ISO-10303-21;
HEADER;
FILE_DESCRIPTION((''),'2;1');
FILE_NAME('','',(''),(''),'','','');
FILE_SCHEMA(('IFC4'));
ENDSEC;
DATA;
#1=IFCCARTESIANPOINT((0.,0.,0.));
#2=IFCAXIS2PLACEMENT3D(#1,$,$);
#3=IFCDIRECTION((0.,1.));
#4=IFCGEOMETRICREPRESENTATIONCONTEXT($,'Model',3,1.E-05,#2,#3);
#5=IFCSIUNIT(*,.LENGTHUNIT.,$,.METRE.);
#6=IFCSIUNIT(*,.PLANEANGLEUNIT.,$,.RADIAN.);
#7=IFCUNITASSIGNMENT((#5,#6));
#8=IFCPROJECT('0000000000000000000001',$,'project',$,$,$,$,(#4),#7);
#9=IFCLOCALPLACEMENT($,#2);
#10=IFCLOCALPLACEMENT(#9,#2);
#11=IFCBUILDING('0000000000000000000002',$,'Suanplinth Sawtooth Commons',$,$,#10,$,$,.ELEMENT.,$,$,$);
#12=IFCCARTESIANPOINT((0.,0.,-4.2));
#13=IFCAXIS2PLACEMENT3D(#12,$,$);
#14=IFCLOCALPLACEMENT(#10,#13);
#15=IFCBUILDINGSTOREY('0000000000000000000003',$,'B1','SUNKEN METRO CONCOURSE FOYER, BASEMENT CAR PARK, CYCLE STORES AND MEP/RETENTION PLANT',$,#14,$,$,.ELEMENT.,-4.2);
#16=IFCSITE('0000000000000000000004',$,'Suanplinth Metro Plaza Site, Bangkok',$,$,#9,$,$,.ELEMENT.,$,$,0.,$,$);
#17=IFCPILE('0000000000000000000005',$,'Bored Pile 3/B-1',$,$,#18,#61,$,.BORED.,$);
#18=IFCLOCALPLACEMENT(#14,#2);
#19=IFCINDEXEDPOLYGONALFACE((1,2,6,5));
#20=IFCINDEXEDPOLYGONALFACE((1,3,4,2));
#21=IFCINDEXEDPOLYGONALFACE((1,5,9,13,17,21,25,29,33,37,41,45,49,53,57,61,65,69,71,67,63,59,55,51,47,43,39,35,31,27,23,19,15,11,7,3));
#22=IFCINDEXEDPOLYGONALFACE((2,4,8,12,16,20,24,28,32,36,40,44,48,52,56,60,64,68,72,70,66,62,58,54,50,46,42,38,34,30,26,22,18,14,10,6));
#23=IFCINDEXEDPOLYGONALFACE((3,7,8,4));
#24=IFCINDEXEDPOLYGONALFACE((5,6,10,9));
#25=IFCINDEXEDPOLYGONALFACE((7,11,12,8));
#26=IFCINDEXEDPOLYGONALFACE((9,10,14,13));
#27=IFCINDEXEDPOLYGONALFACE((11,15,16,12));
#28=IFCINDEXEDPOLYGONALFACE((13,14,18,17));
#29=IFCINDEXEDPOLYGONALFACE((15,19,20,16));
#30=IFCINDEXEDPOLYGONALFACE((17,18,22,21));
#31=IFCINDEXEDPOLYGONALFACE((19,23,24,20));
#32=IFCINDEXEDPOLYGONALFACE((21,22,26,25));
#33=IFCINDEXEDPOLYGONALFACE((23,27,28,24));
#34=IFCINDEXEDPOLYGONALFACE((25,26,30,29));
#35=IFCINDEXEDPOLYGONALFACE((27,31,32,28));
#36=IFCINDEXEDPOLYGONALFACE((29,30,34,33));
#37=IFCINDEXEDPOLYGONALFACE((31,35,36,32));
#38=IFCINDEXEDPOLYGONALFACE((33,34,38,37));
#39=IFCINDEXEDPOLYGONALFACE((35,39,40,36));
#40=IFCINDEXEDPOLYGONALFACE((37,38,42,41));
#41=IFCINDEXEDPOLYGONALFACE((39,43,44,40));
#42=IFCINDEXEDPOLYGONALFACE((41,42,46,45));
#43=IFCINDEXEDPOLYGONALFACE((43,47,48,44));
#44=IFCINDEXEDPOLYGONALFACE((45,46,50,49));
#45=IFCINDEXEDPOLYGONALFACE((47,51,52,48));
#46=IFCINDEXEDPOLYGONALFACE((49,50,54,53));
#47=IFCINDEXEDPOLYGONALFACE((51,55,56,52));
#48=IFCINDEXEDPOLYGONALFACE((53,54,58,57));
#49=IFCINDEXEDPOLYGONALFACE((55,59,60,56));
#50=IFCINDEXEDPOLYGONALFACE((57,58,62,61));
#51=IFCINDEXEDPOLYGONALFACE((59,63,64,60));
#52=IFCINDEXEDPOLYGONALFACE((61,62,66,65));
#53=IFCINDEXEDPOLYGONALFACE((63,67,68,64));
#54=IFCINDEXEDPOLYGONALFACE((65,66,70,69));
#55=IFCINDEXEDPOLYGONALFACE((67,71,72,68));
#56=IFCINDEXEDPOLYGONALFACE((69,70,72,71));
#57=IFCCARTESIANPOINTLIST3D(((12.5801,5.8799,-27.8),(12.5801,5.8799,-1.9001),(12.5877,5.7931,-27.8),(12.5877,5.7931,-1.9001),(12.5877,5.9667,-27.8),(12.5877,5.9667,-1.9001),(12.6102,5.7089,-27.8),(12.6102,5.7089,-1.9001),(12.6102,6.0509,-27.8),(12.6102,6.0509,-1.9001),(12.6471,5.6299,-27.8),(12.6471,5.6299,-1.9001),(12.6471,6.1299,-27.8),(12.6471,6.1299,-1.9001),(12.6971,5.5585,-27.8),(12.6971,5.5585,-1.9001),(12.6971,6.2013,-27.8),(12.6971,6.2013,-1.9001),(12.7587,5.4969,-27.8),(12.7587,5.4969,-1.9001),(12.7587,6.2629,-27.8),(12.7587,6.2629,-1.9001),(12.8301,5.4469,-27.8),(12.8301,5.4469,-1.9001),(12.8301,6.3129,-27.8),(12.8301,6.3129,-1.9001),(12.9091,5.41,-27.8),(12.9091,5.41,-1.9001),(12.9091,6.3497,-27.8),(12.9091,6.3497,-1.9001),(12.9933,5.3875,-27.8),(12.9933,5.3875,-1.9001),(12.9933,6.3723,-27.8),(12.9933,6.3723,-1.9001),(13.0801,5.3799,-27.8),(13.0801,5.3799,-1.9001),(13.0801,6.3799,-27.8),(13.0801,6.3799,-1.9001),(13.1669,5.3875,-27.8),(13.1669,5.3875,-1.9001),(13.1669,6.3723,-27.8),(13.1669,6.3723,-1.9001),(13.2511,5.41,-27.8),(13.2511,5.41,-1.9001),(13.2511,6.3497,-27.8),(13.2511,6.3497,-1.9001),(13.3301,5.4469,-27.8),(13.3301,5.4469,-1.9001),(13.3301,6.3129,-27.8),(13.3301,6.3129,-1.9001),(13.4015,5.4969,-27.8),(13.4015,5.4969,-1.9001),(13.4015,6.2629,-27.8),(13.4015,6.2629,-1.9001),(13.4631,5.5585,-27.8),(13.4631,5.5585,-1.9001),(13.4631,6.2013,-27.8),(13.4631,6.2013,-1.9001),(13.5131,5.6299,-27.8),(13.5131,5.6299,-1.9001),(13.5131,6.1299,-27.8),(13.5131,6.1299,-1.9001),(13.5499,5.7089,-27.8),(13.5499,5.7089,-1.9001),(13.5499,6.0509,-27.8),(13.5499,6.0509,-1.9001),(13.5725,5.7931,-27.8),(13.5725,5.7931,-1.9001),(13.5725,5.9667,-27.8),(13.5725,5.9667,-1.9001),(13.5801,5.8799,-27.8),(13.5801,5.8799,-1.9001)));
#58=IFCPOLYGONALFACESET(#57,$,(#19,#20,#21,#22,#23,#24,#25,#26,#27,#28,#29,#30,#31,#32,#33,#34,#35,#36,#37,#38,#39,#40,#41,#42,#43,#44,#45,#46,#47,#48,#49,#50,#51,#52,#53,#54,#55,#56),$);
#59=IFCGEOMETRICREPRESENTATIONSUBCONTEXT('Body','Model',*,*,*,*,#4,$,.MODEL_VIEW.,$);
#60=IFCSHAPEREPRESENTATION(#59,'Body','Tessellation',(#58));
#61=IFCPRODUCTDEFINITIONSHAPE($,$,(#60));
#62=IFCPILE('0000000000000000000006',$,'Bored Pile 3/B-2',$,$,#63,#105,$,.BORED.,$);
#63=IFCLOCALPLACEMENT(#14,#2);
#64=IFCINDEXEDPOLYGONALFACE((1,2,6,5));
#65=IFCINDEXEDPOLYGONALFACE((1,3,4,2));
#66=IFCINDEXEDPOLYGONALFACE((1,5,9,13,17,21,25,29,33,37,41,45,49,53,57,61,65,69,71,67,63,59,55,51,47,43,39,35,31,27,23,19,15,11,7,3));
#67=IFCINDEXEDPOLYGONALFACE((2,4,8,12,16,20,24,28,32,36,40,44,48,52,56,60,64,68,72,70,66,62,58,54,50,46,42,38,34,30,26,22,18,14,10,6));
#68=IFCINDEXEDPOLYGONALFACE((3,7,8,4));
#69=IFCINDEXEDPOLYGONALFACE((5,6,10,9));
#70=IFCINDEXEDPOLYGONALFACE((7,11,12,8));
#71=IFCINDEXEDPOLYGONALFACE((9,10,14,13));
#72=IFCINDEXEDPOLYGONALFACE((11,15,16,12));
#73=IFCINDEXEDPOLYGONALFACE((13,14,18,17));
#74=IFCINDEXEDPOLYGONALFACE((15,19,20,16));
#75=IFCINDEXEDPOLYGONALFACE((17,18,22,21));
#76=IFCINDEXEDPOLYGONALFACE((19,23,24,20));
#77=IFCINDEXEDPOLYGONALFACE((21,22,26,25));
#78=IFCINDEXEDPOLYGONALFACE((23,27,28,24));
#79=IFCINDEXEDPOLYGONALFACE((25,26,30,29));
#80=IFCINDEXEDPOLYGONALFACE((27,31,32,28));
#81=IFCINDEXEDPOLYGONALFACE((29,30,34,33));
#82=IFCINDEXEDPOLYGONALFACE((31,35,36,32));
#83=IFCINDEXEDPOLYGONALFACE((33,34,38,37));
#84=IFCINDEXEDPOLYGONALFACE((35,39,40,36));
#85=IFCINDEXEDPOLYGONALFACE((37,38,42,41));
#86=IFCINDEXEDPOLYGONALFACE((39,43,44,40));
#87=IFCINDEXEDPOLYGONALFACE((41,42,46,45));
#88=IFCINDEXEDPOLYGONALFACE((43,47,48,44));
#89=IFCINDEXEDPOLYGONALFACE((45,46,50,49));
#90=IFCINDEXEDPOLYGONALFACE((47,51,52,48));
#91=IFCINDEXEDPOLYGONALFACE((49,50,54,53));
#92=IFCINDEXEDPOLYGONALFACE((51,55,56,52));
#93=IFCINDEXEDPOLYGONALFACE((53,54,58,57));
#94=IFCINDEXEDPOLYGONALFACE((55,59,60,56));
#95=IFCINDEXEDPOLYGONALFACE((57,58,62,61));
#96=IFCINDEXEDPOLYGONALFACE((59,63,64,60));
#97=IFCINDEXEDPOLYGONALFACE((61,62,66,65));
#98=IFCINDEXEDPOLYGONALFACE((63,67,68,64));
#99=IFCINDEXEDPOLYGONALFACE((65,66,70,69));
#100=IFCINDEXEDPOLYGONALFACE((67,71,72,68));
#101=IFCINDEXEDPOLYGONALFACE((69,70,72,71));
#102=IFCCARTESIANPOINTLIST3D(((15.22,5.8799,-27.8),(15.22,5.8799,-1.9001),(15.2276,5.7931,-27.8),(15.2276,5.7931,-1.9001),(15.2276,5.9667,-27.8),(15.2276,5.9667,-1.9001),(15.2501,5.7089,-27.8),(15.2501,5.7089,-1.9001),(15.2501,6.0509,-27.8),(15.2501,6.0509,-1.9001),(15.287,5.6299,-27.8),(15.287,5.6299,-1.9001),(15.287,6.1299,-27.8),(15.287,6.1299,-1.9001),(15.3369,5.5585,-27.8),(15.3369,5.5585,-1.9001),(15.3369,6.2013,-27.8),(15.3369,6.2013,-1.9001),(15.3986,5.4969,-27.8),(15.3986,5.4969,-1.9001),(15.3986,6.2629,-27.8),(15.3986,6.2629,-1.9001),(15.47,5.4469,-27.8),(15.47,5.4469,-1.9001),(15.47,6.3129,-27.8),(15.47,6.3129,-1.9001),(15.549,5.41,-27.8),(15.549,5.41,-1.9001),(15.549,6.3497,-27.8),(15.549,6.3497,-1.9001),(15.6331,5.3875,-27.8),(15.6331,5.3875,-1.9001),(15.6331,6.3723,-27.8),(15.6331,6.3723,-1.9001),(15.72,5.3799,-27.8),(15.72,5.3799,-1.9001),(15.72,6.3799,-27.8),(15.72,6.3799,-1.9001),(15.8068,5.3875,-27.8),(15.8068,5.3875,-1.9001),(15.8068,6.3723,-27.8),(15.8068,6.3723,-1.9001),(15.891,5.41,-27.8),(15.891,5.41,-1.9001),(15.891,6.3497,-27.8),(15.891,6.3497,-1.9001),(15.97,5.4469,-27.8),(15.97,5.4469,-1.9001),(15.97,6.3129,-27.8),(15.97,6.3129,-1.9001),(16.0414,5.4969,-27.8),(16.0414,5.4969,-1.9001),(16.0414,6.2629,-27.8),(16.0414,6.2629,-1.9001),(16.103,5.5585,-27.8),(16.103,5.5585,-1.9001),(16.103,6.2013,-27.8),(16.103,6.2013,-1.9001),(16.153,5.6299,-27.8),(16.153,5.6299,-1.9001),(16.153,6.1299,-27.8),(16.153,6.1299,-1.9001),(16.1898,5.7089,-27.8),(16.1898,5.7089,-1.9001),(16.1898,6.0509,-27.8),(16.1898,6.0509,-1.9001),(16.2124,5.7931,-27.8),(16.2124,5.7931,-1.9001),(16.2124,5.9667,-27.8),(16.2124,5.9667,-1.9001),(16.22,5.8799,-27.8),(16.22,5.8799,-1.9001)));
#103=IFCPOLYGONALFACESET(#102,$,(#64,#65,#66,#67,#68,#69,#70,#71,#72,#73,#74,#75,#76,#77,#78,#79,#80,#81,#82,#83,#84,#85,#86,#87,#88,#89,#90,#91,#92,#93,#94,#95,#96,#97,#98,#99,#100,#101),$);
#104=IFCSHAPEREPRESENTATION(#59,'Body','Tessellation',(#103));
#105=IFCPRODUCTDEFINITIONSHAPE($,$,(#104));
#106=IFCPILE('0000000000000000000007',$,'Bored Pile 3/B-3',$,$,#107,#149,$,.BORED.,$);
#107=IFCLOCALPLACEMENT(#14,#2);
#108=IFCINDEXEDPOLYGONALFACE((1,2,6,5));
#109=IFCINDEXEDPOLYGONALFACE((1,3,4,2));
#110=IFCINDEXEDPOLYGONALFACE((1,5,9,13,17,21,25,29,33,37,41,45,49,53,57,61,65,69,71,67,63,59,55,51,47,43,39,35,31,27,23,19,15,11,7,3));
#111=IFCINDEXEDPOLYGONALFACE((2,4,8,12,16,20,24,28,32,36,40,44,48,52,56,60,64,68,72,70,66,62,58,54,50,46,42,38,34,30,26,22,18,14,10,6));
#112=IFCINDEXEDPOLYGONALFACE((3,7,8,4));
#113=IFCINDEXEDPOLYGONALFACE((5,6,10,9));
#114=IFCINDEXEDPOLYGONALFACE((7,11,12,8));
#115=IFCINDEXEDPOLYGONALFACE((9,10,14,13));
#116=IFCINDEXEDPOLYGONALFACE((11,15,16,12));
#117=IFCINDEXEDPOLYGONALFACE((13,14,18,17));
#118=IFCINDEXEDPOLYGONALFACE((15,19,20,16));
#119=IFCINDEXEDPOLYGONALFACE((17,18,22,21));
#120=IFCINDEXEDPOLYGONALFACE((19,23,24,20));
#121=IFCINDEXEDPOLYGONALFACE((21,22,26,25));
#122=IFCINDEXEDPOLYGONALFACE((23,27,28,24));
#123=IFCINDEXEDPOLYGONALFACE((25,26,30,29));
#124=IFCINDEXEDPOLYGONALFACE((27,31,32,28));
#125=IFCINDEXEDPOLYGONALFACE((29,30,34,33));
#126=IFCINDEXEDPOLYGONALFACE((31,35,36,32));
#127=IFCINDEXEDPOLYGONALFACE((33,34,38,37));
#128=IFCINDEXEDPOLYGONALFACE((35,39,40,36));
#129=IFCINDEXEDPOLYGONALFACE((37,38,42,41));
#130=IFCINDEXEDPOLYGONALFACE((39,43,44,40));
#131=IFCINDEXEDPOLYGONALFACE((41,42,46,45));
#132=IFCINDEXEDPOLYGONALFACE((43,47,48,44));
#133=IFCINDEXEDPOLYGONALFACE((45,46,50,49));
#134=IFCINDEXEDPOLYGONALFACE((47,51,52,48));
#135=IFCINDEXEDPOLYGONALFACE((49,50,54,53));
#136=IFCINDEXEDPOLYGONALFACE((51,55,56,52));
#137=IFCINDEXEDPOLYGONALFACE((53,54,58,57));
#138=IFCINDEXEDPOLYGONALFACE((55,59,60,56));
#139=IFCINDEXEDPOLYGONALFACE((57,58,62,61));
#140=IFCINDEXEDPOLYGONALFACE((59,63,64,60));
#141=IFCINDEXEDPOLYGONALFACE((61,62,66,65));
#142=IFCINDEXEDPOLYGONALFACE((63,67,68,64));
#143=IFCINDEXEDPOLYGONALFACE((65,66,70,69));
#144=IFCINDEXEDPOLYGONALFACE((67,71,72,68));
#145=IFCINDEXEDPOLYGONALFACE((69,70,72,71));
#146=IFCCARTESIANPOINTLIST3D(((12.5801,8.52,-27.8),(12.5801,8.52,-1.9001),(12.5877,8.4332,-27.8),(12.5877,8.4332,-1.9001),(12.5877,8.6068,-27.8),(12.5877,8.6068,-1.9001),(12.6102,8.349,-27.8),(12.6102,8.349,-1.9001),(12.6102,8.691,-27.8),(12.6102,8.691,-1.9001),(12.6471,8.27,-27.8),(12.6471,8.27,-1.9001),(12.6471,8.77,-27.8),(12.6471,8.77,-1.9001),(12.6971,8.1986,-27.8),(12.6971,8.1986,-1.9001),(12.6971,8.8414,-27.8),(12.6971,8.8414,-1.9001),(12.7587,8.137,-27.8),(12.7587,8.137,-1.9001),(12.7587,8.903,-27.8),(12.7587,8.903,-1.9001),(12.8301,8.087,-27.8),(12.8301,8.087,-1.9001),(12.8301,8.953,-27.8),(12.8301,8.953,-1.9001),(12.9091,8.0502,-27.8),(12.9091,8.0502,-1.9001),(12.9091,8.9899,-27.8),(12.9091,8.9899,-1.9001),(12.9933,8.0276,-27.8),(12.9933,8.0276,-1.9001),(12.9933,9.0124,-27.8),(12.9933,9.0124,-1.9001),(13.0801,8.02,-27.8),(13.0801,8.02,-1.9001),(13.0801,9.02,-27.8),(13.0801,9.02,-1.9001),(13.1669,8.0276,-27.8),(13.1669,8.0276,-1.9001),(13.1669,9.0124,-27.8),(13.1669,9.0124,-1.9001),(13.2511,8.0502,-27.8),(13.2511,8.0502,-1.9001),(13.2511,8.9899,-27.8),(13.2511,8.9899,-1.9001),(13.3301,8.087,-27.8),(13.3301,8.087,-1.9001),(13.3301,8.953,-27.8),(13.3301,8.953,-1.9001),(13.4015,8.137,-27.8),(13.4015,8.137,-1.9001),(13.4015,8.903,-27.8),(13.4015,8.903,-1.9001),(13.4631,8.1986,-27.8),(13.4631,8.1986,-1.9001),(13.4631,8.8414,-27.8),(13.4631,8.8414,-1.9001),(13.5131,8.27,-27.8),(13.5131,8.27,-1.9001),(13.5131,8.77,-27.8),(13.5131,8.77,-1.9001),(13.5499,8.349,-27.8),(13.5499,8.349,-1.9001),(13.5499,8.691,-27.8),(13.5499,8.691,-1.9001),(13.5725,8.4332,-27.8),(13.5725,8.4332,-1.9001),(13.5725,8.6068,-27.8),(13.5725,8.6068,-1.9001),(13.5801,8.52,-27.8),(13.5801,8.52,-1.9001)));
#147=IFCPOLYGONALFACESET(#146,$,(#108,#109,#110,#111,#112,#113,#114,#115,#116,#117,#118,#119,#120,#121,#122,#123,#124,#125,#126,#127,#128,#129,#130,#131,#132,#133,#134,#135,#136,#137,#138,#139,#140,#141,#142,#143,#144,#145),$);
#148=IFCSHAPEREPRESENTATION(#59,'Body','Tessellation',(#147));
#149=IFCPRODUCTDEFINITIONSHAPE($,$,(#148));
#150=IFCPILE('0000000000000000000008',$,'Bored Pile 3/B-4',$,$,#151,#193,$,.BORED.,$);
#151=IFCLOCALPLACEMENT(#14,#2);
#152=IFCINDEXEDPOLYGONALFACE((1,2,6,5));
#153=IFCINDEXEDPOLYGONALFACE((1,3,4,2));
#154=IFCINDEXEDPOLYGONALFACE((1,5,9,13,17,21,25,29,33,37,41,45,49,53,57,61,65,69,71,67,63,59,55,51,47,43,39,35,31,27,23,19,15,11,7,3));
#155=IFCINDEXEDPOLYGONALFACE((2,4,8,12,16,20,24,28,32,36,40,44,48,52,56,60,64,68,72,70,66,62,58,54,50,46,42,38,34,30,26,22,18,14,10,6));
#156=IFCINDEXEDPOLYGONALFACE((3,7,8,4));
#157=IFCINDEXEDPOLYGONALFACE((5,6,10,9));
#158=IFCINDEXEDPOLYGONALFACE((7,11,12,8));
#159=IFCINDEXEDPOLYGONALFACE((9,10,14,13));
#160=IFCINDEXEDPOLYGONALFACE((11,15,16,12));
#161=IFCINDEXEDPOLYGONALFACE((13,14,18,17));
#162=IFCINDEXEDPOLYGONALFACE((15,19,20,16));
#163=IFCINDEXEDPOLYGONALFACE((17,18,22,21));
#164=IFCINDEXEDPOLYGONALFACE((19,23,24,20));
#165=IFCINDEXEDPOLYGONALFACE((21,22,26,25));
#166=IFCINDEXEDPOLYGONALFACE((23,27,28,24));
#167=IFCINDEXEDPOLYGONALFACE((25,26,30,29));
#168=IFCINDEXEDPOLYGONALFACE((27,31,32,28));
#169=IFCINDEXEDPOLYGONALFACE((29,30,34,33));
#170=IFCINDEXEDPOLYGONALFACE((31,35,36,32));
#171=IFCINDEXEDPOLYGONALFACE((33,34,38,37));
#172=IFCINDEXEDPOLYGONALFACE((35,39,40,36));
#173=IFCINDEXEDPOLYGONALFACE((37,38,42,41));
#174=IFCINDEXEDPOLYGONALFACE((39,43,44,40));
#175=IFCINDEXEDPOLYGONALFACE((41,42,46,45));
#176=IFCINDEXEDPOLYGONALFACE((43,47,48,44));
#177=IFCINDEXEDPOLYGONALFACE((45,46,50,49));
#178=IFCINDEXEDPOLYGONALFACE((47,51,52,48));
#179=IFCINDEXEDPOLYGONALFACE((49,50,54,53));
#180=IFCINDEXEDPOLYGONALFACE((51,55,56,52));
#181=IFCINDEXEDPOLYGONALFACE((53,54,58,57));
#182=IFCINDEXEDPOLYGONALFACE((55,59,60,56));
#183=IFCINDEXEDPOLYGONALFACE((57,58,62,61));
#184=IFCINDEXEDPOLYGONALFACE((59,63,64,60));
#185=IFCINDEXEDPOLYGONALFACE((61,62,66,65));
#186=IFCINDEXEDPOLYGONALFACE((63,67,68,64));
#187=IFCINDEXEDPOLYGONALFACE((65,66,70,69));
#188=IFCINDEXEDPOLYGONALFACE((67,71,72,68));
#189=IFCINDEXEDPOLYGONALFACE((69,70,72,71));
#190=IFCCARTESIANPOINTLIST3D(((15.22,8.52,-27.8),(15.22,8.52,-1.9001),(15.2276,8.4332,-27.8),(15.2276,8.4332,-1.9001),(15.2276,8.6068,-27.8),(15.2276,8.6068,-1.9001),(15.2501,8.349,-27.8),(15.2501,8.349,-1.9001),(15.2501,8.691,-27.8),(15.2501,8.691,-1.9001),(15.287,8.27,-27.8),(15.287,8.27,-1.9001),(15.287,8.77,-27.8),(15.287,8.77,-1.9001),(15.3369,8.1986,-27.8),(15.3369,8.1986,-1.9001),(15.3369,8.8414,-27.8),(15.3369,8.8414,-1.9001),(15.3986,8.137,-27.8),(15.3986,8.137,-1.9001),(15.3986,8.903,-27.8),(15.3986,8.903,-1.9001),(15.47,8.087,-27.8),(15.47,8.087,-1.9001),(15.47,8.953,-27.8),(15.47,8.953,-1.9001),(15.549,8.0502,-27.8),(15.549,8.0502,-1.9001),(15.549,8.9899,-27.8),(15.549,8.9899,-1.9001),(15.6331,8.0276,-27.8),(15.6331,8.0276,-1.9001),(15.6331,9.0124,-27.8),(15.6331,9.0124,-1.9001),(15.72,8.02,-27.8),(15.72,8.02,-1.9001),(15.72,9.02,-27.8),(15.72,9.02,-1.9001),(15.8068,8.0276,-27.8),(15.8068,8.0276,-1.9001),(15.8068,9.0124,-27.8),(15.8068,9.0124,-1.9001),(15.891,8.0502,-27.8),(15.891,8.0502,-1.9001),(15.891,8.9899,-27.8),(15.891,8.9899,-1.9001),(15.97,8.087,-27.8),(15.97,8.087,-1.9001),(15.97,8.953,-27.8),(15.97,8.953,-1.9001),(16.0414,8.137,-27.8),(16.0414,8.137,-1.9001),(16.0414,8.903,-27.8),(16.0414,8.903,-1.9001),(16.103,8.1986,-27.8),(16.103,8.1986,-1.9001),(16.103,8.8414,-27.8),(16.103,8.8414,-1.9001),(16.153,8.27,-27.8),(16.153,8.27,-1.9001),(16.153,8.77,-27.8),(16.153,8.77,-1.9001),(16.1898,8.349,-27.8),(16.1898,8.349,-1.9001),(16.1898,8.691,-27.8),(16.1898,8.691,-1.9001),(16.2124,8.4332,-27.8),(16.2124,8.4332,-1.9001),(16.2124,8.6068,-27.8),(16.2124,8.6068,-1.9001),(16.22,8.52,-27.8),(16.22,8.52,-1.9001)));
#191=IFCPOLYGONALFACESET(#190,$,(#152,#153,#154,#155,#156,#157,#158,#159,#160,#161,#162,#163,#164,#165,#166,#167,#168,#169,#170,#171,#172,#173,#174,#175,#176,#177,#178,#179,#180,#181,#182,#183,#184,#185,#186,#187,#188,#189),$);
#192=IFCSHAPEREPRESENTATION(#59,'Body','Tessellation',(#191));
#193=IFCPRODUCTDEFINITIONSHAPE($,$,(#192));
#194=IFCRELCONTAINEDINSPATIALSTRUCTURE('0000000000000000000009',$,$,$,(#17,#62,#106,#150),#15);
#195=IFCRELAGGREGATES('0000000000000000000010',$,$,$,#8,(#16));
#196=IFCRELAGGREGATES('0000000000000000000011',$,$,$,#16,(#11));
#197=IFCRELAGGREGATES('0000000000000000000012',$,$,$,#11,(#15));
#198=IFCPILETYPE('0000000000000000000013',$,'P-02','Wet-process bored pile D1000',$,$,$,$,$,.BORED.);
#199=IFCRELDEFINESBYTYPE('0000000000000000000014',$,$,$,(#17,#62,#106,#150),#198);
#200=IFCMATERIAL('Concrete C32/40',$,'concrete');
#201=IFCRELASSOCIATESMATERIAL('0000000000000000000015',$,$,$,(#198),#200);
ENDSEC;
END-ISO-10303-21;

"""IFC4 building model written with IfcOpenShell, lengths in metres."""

from ifc_helpers import new_model, si_unit, direction, frame, origin, origin_2d, place, context, subcontext, project, spatial, circle, extrude, material, material_profile, profile_set, type_object, element, save


model = new_model("IFC4")

# Units and contexts
model_context = context("Model", 3, precision=1e-05, world=origin(), true_north=direction((0.0, 1.0)))
body_context = subcontext(model_context, "Body", "Model", "MODEL_VIEW")
ifc_project = project(units=[si_unit("LENGTHUNIT", "METRE"), si_unit("PLANEANGLEUNIT", "RADIAN")], contexts=[model_context])

# Site, building, storey
site_placement = place(None, origin())
site = spatial("IfcSite", under=ifc_project, at=site_placement, Name="Suanplinth Metro Plaza Site, Bangkok", CompositionType="ELEMENT", RefElevation=0.0)
building_placement = place(site_placement, origin())
building = spatial("IfcBuilding", under=site, at=building_placement, Name="Suanplinth Sawtooth Commons", CompositionType="ELEMENT")
storey_placement = place(building_placement, frame((0.0, 0.0, -4.2)))
storey = spatial("IfcBuildingStorey", under=building, at=storey_placement, Name="B1", Description="SUNKEN METRO CONCOURSE FOYER, BASEMENT CAR PARK, CYCLE STORES AND MEP/RETENTION PLANT", CompositionType="ELEMENT", Elevation=-4.2)

# Piles
ifc_material_1 = material(Name="Concrete C32/40", Category="concrete")
ifc_material_profile_1 = material_profile(ifc_material_1, circle(Radius=0.5, at=origin_2d()), Name="PILE D1000")
ifc_profile_set_1 = profile_set([ifc_material_profile_1], Name="Concrete C32/40")
pile_type = type_object("IfcPileType", Name="P-02", Description="Wet-process bored pile D1000", PredefinedType="BORED", material=ifc_profile_set_1)
for number, where, z_axis, x_axis, name in (
    (1, (13.0801, 5.8799, -1.9001), (0.0, 0.0, -1.0), (1.0, 0.0, 0.0), "Bored Pile 3/B-1"),
    (2, (15.72, 5.8799, -1.9001), (0.0, 0.0, -1.0), (1.0, 0.0, 0.0), "Bored Pile 3/B-2"),
    (3, (13.0801, 8.52, -1.9001), (0.0, 0.0, -1.0), (1.0, 0.0, 0.0), "Bored Pile 3/B-3"),
    (4, (15.72, 8.52, -1.9001), (0.0, 0.0, -1.0), (1.0, 0.0, 0.0), "Bored Pile 3/B-4"),
):
    element("IfcPile", number, at=place(storey_placement, frame(where, z_axis=z_axis, x_axis=x_axis)), inside=storey, type_object=pile_type, Name=name, PredefinedType="BORED", context=body_context, shape_type="SweptSolid", body=[
        extrude(circle(Radius=0.5, at=origin_2d()), origin(), (0.0, 0.0, 1.0), 25.8999),
    ])

save(model, "model.ifc")
